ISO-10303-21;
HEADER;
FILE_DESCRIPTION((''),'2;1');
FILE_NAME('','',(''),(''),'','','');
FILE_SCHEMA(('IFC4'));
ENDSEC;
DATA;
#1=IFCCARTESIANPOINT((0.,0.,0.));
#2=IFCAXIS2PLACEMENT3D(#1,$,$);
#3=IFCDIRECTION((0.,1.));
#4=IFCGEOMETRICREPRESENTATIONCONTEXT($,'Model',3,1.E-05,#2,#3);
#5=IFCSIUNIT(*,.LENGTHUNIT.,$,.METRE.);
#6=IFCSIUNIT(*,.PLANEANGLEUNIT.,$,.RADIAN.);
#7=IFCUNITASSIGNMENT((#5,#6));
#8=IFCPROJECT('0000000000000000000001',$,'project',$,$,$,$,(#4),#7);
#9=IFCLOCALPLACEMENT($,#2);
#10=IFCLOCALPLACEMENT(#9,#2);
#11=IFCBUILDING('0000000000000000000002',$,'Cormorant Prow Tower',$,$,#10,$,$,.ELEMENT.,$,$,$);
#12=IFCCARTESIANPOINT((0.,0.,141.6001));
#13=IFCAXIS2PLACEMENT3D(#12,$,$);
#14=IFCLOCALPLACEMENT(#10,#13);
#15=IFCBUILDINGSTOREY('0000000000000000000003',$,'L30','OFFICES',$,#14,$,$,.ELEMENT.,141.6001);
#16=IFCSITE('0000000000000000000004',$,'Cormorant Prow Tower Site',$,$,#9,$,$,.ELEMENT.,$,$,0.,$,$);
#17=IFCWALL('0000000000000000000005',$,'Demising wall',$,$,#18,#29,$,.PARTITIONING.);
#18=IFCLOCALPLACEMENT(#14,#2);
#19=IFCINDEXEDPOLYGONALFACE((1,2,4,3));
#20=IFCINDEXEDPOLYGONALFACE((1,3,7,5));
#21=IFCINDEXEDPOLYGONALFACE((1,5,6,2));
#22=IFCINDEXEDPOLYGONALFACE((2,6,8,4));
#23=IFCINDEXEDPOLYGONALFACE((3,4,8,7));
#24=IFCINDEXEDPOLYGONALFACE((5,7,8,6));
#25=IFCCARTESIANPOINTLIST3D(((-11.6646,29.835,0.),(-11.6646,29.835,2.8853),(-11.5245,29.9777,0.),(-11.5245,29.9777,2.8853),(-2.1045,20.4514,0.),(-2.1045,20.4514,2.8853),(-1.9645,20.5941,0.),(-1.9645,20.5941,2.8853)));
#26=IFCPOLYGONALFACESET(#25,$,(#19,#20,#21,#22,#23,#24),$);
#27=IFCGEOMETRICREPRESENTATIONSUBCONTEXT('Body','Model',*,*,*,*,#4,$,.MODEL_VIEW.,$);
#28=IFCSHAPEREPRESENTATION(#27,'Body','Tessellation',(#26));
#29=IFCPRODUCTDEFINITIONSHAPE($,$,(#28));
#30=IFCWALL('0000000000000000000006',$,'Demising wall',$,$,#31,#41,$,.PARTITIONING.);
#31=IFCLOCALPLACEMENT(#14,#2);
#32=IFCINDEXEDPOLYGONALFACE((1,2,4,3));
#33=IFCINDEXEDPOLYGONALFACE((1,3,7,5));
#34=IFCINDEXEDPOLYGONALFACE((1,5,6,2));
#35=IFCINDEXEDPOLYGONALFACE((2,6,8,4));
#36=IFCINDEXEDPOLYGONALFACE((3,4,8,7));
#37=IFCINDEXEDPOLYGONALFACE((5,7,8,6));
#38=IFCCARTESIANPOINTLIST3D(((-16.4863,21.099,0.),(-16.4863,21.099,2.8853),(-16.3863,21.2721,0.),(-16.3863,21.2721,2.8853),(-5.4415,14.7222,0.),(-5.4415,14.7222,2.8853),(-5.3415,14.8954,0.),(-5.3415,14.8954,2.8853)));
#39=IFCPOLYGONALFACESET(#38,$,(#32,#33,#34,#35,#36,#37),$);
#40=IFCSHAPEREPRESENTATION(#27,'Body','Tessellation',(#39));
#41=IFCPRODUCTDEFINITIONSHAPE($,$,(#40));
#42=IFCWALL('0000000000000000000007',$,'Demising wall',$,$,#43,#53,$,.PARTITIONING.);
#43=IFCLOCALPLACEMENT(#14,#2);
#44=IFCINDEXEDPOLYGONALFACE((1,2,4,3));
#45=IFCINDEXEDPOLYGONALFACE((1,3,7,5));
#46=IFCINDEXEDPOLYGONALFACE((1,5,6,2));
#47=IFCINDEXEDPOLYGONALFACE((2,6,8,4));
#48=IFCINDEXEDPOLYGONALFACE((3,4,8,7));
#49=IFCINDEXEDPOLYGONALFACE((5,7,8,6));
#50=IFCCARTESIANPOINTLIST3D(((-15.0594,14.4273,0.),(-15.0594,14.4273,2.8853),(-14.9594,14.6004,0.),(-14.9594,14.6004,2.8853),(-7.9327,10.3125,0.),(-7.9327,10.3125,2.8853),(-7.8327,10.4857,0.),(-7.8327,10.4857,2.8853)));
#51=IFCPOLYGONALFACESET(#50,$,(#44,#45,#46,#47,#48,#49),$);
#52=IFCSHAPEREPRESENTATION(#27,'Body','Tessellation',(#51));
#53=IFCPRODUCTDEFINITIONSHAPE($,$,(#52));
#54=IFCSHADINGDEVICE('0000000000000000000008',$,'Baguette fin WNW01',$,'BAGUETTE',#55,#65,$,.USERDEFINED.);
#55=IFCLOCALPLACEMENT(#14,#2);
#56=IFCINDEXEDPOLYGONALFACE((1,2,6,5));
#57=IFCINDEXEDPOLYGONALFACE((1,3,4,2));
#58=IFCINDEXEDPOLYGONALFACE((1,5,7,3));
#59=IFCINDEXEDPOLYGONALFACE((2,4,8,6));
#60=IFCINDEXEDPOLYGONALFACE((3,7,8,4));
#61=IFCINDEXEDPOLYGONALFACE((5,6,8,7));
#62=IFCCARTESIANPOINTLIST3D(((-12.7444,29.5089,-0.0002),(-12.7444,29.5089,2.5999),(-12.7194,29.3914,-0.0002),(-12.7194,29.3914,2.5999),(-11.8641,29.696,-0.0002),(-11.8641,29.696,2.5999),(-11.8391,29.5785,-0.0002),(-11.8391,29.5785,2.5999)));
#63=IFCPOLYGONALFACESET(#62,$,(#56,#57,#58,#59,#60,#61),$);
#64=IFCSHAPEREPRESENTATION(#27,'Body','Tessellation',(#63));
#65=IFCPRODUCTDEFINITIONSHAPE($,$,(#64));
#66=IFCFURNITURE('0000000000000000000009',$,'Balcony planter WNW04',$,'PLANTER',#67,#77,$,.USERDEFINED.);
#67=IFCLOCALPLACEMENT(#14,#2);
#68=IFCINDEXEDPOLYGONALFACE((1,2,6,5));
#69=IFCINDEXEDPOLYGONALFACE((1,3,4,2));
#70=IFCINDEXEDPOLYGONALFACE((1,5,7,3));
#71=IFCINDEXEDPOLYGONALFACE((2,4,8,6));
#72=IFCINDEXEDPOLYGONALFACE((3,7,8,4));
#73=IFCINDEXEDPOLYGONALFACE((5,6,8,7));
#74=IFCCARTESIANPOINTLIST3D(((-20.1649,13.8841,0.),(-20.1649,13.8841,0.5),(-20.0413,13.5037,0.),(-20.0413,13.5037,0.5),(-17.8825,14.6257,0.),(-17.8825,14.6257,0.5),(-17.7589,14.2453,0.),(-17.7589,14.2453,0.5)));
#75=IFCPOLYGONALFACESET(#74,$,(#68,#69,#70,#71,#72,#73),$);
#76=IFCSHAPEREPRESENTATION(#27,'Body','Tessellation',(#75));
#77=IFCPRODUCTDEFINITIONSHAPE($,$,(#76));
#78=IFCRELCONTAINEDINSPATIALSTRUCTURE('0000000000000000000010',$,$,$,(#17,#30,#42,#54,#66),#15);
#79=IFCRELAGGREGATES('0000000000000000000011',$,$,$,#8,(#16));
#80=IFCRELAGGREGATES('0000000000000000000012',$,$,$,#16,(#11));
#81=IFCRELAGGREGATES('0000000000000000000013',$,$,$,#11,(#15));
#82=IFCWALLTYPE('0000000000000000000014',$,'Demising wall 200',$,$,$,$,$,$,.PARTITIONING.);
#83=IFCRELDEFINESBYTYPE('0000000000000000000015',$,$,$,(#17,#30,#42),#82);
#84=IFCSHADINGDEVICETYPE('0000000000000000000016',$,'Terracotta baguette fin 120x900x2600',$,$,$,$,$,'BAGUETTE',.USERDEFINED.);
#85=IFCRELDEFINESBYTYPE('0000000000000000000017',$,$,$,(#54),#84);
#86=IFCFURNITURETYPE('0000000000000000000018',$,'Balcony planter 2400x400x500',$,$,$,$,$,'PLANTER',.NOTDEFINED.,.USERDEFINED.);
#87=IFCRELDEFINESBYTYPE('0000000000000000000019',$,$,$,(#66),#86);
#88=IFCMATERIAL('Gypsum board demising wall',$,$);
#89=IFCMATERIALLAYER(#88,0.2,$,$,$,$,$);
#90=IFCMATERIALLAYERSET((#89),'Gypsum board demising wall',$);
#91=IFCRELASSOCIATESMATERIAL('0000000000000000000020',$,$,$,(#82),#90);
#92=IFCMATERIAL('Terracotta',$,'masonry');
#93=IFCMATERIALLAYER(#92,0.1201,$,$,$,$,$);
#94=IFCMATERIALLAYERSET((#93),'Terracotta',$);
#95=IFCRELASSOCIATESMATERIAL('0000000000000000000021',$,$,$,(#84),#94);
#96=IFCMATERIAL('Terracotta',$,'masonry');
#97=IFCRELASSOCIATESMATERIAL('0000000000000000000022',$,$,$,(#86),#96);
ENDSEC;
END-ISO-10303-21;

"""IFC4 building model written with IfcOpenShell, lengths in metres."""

from ifc_helpers import new_model, si_unit, direction, frame, frame_2d, origin, origin_2d, place, context, subcontext, project, spatial, rectangle, extrude, material, layer, layer_set, type_object, element, save


model = new_model("IFC4")

# Units and contexts
model_context = context("Model", 3, precision=1e-05, world=origin(), true_north=direction((0.0, 1.0)))
body_context = subcontext(model_context, "Body", "Model", "MODEL_VIEW")
ifc_project = project(units=[si_unit("LENGTHUNIT", "METRE"), si_unit("PLANEANGLEUNIT", "RADIAN")], contexts=[model_context])

# Site, building, storey
site_placement = place(None, origin())
site = spatial("IfcSite", under=ifc_project, at=site_placement, Name="Cormorant Prow Tower Site", CompositionType="ELEMENT", RefElevation=0.0)
building_placement = place(site_placement, origin())
building = spatial("IfcBuilding", under=site, at=building_placement, Name="Cormorant Prow Tower", CompositionType="ELEMENT")
storey_placement = place(building_placement, frame((0.0, 0.0, 141.6001)))
storey = spatial("IfcBuildingStorey", under=building, at=storey_placement, Name="L30", Description="OFFICES", CompositionType="ELEMENT", Elevation=141.6001)

# Walls
ifc_material_1 = material(Name="Gypsum board demising wall")
ifc_layer_1 = layer(ifc_material_1, 0.2)
ifc_layer_set_1 = layer_set([ifc_layer_1], Name="Gypsum board demising wall")
wall_type_1 = type_object("IfcWallType", Name="Demising wall 200", PredefinedType="PARTITIONING", material=ifc_layer_set_1)
wall_1_placement = place(storey_placement, frame((-11.5945, 29.9062, 0.0), z_axis=(0.0, 0.0, 1.0), x_axis=(0.713665, -0.700488, 0.0)))
element("IfcWall", 1, at=wall_1_placement, inside=storey, type_object=wall_type_1, Name="Demising wall", PredefinedType="PARTITIONING", context=body_context, shape_type="SweptSolid", body=[
    extrude(rectangle(XDim=13.3958, YDim=0.2, at=frame_2d((6.6978, 0.0))), origin(), (0.0, 0.0, 1.0), 2.8853),
])
wall_2_placement = place(storey_placement, frame((-16.4363, 21.1855, 0.0), z_axis=(0.0, 0.0, 1.0), x_axis=(0.866023, -0.500004, 0.0)))
element("IfcWall", 2, at=wall_2_placement, inside=storey, type_object=wall_type_1, Name="Demising wall", PredefinedType="PARTITIONING", context=body_context, shape_type="SweptSolid", body=[
    extrude(rectangle(XDim=12.7534, YDim=0.2, at=frame_2d((6.3767, 0.0))), origin(), (0.0, 0.0, 1.0), 2.8853),
])
wall_3_placement = place(storey_placement, frame((-15.0095, 14.5139, 0.0), z_axis=(0.0, 0.0, 1.0), x_axis=(0.866018, -0.500013, 0.0)))
element("IfcWall", 3, at=wall_3_placement, inside=storey, type_object=wall_type_1, Name="Demising wall", PredefinedType="PARTITIONING", context=body_context, shape_type="SweptSolid", body=[
    extrude(rectangle(XDim=8.2292, YDim=0.2, at=frame_2d((4.1147, 0.0))), origin(), (0.0, 0.0, 1.0), 2.8853),
])

# Shading device
ifc_material_2 = material(Name="Terracotta", Category="masonry")
ifc_layer_2 = layer(ifc_material_2, 0.1201)
ifc_layer_set_2 = layer_set([ifc_layer_2], Name="Terracotta")
shading_device_type = type_object("IfcShadingDeviceType", Name="Terracotta baguette fin 120x900x2600", ElementType="BAGUETTE", PredefinedType="USERDEFINED", material=ifc_layer_set_2)
shading_device_placement = place(storey_placement, frame((-12.2917, 29.5437, -0.0002), z_axis=(0.0, 0.0, 1.0), x_axis=(0.207912, -0.978148, 0.0)))
element("IfcShadingDevice", 4, at=shading_device_placement, inside=storey, type_object=shading_device_type, Name="Baguette fin WNW01", ObjectType="BAGUETTE", PredefinedType="USERDEFINED", context=body_context, shape_type="SweptSolid", body=[
    extrude(rectangle(XDim=0.1201, YDim=0.8999, at=origin_2d()), origin(), (0.0, 0.0, 1.0), 2.6001),
])

# Furniture
ifc_material_3 = material(Name="Terracotta", Category="masonry")
furniture_type = type_object("IfcFurnitureType", Name="Balcony planter 2400x400x500", ElementType="PLANTER", AssemblyPlace="NOTDEFINED", PredefinedType="USERDEFINED", material=ifc_material_3)
furniture_placement = place(storey_placement, frame((-18.9619, 14.0647, 0.0), z_axis=(0.0, 0.0, 1.0), x_axis=(-0.951057, -0.309017, 0.0)))
element("IfcFurniture", 5, at=furniture_placement, inside=storey, type_object=furniture_type, Name="Balcony planter WNW04", ObjectType="PLANTER", PredefinedType="USERDEFINED", context=body_context, shape_type="SweptSolid", body=[
    extrude(rectangle(XDim=2.3999, YDim=0.3999, at=origin_2d()), origin(), (0.0, 0.0, 1.0), 0.5),
])

save(model, "model.ifc")
